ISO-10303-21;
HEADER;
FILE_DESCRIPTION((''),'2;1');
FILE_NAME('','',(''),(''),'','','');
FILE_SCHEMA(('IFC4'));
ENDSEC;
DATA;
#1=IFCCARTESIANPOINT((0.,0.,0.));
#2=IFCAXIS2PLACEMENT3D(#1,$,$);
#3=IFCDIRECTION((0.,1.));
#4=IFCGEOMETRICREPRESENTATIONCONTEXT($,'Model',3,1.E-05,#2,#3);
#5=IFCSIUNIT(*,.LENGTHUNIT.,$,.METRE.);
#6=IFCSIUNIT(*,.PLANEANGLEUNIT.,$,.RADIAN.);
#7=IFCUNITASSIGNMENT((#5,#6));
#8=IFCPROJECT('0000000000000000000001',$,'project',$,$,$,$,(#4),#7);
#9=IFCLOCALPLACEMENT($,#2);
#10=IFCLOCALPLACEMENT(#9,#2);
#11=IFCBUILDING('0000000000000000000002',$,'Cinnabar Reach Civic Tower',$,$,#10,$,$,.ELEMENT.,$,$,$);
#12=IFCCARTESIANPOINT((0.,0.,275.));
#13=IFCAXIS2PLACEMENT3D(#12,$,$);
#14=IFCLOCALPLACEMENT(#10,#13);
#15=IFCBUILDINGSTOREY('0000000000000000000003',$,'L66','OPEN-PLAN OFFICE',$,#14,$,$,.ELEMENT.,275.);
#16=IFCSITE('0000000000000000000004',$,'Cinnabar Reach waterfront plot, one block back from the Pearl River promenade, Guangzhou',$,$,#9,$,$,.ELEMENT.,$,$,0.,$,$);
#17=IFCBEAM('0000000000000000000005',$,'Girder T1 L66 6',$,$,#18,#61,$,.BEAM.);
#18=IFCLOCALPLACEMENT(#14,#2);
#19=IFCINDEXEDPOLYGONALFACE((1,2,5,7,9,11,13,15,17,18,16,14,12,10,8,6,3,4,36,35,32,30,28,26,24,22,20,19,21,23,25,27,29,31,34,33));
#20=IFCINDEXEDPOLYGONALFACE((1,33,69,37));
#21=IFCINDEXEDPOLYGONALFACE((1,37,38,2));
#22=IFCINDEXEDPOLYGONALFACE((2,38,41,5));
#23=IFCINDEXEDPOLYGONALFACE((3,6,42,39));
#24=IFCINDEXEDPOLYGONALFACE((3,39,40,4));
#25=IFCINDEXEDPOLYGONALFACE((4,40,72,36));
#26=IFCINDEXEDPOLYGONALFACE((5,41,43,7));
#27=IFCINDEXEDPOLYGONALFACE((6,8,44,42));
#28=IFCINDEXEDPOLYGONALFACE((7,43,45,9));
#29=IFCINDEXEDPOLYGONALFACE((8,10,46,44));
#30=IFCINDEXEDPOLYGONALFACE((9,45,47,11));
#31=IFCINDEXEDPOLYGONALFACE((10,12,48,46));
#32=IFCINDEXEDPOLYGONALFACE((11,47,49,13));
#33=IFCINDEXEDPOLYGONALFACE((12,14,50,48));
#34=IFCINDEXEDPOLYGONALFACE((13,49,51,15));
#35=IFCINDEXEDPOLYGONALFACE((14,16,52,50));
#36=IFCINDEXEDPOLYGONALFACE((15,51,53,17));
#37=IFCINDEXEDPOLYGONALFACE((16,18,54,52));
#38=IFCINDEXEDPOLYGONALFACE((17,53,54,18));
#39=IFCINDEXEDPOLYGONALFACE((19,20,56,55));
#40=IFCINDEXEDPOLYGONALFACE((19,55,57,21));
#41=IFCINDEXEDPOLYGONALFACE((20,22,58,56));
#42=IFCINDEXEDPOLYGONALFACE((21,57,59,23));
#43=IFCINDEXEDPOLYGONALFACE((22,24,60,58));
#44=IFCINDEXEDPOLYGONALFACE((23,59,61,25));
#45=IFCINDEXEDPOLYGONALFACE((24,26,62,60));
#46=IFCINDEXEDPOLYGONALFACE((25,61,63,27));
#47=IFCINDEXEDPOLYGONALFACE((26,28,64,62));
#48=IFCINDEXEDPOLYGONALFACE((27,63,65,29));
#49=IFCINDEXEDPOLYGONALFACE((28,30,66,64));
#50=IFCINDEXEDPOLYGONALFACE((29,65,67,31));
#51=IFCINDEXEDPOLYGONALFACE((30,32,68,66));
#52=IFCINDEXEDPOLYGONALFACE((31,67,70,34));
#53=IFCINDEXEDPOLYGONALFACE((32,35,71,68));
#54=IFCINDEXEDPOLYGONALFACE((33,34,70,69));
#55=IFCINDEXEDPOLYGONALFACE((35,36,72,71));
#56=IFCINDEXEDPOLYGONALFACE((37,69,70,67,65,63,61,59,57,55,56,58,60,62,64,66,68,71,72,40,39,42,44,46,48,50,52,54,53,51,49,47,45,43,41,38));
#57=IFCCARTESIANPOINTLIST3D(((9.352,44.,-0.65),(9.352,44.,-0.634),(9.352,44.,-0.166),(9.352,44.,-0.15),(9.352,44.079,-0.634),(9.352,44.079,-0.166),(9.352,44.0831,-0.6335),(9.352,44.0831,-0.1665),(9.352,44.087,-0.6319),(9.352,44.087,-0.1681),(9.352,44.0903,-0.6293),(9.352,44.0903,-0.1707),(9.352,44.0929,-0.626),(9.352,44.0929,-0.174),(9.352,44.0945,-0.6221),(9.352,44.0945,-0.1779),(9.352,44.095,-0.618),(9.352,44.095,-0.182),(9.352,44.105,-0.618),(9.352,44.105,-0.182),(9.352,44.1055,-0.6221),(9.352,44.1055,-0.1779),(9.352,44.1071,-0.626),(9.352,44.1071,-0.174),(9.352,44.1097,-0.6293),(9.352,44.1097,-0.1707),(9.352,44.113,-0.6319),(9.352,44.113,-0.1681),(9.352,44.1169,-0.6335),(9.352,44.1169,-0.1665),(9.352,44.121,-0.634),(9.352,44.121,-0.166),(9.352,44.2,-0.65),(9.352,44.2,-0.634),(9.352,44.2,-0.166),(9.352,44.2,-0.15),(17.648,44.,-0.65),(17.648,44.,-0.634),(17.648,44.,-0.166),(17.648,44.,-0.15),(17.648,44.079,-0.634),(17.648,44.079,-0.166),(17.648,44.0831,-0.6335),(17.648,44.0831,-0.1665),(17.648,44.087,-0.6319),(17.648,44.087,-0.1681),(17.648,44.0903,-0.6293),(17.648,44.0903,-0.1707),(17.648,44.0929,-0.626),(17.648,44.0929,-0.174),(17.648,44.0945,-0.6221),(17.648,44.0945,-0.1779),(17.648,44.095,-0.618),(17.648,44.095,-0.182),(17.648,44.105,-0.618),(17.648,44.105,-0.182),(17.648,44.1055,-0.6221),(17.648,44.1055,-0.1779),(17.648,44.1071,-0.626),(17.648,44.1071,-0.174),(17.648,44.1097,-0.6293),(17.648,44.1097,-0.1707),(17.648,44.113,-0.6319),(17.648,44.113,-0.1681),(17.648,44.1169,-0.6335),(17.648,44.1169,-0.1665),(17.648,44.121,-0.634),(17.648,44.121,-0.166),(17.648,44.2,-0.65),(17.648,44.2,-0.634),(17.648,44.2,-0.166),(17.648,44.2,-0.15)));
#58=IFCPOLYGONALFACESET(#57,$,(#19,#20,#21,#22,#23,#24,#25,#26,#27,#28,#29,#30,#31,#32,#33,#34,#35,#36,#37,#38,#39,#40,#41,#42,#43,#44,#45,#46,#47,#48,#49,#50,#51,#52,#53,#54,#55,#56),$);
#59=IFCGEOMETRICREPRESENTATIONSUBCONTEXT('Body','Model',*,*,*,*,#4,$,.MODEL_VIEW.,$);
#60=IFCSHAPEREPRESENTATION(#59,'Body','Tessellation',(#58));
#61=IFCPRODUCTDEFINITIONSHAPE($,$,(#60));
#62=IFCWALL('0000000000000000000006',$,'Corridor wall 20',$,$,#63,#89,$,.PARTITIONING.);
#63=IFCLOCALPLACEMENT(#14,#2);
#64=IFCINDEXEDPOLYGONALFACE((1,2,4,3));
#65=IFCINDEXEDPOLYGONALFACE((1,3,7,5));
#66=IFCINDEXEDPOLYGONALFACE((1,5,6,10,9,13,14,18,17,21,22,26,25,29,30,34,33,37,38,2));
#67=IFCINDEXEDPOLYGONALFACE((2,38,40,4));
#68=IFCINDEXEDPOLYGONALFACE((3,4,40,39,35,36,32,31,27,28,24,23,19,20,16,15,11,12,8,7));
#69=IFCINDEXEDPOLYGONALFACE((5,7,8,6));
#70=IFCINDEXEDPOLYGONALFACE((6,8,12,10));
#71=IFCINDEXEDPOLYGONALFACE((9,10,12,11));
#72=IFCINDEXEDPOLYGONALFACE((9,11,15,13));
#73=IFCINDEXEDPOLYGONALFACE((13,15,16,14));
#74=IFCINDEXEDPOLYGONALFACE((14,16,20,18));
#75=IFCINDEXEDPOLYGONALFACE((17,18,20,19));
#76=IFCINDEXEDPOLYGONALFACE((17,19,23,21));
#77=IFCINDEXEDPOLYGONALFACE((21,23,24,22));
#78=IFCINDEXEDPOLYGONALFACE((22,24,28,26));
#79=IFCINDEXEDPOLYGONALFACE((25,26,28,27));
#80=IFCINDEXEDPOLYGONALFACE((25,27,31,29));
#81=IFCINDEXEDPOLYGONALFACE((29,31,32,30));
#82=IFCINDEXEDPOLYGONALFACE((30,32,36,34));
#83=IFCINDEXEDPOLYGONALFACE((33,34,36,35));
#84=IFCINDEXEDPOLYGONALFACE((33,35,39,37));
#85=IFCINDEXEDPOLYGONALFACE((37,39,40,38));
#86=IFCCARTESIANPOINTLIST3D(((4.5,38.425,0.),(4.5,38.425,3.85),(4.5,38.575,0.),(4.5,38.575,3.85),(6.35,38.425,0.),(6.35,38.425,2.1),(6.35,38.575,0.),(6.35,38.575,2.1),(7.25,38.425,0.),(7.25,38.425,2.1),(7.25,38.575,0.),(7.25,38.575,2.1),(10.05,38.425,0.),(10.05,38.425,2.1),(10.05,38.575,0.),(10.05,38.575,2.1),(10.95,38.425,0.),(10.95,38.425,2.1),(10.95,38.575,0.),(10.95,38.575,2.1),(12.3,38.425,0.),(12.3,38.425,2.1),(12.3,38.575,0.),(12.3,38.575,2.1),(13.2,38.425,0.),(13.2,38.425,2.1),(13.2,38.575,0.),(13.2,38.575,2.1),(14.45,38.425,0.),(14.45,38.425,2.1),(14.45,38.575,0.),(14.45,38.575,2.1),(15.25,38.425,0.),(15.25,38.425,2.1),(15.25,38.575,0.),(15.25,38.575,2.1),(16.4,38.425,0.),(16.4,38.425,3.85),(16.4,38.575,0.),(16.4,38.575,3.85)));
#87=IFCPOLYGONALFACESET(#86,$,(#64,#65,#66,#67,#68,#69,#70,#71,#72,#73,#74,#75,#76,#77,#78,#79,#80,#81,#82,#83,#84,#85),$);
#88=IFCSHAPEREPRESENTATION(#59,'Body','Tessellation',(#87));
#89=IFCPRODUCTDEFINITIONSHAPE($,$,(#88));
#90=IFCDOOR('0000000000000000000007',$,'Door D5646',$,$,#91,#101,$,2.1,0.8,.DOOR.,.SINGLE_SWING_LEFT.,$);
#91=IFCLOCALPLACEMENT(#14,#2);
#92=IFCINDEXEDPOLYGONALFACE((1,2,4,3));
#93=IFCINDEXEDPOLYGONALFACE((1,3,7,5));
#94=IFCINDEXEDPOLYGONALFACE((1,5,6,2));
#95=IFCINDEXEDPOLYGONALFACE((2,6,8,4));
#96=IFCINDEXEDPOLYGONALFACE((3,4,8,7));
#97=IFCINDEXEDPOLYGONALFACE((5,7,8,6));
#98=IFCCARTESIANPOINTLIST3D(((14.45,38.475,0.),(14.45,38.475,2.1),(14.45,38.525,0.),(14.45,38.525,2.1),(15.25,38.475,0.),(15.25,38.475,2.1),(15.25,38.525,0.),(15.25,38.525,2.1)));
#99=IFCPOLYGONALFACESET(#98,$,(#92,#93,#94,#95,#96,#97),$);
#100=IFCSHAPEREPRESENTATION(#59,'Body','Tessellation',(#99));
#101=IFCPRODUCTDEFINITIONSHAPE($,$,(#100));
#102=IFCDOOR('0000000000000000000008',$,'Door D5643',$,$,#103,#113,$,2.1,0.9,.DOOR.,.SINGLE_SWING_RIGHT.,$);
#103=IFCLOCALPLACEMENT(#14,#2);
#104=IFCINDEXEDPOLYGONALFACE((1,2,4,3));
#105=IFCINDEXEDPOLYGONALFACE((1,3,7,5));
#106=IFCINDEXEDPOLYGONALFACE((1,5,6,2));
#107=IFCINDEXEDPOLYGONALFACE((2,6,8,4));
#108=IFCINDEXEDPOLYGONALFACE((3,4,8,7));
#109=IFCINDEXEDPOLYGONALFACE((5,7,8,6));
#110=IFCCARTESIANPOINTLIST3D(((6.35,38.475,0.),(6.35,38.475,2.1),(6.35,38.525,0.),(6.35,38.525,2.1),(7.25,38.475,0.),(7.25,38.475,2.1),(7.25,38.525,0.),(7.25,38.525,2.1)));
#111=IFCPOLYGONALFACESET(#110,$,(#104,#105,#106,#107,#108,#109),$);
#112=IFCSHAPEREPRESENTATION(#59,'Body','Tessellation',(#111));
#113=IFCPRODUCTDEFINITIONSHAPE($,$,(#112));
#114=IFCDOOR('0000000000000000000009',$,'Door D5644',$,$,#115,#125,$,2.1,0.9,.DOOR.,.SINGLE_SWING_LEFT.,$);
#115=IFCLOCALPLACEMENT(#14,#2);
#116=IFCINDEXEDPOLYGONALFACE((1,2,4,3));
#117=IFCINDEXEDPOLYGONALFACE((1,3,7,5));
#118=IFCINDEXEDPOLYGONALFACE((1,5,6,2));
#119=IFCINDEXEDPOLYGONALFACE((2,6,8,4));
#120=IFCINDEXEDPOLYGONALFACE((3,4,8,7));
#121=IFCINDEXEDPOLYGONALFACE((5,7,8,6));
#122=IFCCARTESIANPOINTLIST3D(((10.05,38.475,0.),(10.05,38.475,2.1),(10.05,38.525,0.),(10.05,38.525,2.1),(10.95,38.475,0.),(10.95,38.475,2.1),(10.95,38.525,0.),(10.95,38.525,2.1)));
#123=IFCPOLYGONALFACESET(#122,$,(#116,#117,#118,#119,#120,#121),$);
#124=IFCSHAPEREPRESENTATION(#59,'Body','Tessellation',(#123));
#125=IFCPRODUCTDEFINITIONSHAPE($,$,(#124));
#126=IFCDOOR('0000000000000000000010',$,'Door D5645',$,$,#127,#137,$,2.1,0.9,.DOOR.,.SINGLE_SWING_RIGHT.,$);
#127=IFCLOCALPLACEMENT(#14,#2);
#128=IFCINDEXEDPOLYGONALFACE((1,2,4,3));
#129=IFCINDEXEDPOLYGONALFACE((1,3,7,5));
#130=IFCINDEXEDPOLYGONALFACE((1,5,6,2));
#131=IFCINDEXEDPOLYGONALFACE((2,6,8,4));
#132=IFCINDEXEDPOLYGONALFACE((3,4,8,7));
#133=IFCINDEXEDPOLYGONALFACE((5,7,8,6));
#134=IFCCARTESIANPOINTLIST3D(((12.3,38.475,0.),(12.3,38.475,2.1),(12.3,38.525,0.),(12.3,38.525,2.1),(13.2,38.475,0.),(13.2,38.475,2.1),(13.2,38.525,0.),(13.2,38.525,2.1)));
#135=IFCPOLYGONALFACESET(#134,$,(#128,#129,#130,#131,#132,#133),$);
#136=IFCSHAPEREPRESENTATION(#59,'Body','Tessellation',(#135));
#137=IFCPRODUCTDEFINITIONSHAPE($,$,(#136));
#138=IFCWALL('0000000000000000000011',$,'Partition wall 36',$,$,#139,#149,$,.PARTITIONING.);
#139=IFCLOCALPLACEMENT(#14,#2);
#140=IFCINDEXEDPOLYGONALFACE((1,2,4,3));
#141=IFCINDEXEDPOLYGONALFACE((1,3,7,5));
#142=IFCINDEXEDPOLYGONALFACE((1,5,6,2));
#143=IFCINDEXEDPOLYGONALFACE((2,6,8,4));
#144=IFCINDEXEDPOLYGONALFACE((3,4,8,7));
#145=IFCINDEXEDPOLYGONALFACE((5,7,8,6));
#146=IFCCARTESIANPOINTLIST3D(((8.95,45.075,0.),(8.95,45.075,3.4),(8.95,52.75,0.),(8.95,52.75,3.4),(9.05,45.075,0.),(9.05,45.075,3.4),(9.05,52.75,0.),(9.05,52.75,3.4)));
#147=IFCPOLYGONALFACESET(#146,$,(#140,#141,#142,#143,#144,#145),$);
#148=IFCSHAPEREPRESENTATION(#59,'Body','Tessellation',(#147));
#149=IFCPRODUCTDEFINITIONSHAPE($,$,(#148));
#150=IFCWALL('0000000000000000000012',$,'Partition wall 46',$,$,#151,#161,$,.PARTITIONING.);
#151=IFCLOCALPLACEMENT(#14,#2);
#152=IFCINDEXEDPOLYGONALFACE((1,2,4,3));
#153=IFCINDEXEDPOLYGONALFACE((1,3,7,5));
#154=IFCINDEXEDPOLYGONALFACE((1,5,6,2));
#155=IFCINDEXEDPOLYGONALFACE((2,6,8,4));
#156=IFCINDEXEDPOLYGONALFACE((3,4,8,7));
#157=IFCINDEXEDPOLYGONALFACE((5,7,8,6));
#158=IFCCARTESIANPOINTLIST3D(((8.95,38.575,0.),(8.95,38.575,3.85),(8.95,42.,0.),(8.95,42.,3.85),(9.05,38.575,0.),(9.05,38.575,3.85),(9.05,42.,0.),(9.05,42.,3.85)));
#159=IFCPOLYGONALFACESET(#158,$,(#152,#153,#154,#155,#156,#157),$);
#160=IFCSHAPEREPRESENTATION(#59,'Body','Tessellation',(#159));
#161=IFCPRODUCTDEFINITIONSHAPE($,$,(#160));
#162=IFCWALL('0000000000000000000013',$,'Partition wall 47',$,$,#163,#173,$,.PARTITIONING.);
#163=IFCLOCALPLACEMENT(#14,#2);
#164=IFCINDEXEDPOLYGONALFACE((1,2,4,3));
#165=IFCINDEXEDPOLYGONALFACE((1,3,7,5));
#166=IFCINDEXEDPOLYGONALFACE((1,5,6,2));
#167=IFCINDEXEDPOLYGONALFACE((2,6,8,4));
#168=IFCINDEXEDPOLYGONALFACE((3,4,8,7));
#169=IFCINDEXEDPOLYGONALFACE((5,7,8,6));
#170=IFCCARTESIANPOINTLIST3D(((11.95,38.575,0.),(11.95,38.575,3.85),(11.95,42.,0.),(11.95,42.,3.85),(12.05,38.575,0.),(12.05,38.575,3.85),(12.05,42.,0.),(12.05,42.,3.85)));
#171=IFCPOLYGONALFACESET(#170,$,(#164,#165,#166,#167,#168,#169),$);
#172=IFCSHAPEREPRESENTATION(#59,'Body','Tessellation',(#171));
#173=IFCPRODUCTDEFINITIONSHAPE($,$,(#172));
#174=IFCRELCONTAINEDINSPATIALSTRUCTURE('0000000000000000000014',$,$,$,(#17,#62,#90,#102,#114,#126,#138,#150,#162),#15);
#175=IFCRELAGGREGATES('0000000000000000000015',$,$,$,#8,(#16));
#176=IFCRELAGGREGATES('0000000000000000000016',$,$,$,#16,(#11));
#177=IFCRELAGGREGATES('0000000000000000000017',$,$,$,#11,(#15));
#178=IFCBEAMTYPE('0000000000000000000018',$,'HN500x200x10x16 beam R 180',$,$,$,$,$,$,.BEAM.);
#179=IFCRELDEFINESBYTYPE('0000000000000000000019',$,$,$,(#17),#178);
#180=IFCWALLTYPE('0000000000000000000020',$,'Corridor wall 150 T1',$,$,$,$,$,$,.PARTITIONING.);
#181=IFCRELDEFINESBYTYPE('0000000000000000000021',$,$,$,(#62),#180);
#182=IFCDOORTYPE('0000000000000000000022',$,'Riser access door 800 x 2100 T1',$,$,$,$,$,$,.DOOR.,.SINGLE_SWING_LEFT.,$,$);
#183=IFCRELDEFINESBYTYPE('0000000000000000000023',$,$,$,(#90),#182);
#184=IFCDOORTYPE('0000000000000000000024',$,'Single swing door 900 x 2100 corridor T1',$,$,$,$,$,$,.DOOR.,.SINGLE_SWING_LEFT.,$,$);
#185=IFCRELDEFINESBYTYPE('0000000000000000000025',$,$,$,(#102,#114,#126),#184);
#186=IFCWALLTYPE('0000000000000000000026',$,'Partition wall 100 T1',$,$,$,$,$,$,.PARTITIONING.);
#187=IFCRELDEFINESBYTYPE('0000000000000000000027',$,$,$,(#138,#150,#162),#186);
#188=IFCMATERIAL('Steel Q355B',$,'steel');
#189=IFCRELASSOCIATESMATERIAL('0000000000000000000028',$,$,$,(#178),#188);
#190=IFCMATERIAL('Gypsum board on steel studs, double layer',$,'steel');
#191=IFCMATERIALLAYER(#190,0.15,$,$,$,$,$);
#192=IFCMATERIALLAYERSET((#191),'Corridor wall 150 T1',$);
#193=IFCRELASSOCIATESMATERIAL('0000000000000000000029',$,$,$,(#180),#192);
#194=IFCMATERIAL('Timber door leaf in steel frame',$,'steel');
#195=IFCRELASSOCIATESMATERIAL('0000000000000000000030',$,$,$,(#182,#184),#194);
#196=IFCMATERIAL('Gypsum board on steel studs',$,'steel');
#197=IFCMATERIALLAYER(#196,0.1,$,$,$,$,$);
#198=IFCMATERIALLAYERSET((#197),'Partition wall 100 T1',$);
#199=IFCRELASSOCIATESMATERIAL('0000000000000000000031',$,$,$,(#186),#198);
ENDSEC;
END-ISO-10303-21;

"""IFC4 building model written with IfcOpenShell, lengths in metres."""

from ifc_helpers import new_model, si_unit, direction, frame, frame_2d, origin, origin_2d, place, context, subcontext, project, spatial, rectangle, i_section, extrude, material, layer, layer_set, material_profile, profile_set, type_object, element, fill, save


model = new_model("IFC4")

# Units and contexts
model_context = context("Model", 3, precision=1e-05, world=origin(), true_north=direction((0.0, 1.0)))
body_context = subcontext(model_context, "Body", "Model", "MODEL_VIEW")
ifc_project = project(units=[si_unit("LENGTHUNIT", "METRE"), si_unit("PLANEANGLEUNIT", "RADIAN")], contexts=[model_context])

# Site, building, storey
site_placement = place(None, origin())
site = spatial("IfcSite", under=ifc_project, at=site_placement, Name="Cinnabar Reach waterfront plot, one block back from the Pearl River promenade, Guangzhou", CompositionType="ELEMENT", RefElevation=0.0)
building_placement = place(site_placement, origin())
building = spatial("IfcBuilding", under=site, at=building_placement, Name="Cinnabar Reach Civic Tower", CompositionType="ELEMENT")
storey_placement = place(building_placement, frame((0.0, 0.0, 275.0)))
storey = spatial("IfcBuildingStorey", under=building, at=storey_placement, Name="L66", Description="OPEN-PLAN OFFICE", CompositionType="ELEMENT", Elevation=275.0)

# Beam
ifc_material_1 = material(Name="Steel Q355B", Category="steel")
ifc_material_profile_1 = material_profile(ifc_material_1, i_section(OverallWidth=0.2, OverallDepth=0.5, WebThickness=0.01, FlangeThickness=0.016, FilletRadius=0.016, at=origin_2d()), Name="HN500x200x10x16")
ifc_profile_set_1 = profile_set([ifc_material_profile_1], Name="Steel Q355B")
beam_type_1 = type_object("IfcBeamType", Name="HN500x200x10x16 beam R 180", PredefinedType="BEAM", material=ifc_profile_set_1)
beam_1_placement = place(storey_placement, frame((9.352, 44.1, -0.4), z_axis=(1.0, 0.0, 0.0), x_axis=(0.0, 1.0, 0.0)))
element("IfcBeam", 1, at=beam_1_placement, inside=storey, type_object=beam_type_1, Name="Girder T1 L66 6", PredefinedType="BEAM", context=body_context, shape_type="SweptSolid", body=[
    extrude(i_section(OverallWidth=0.2, OverallDepth=0.5, WebThickness=0.01, FlangeThickness=0.016, FilletRadius=0.016, at=origin_2d()), origin(), (0.0, 0.0, 1.0), 8.296),
])

# Wall, openings, doors
ifc_material_2 = material(Name="Gypsum board on steel studs, double layer", Category="steel")
ifc_layer_1 = layer(ifc_material_2, 0.15)
ifc_layer_set_1 = layer_set([ifc_layer_1], Name="Corridor wall 150 T1")
wall_type_1 = type_object("IfcWallType", Name="Corridor wall 150 T1", PredefinedType="PARTITIONING", material=ifc_layer_set_1)
wall_1_placement = place(storey_placement, frame((4.5, 38.5, 0.0), z_axis=(0.0, 0.0, 1.0), x_axis=(1.0, 0.0, 0.0)))
wall_1 = element("IfcWall", 2, at=wall_1_placement, inside=storey, type_object=wall_type_1, Name="Corridor wall 20", PredefinedType="PARTITIONING", context=body_context, shape_type="SweptSolid", body=[
    extrude(rectangle(XDim=11.9, YDim=0.15, at=frame_2d((5.95, 0.0))), origin(), (0.0, 0.0, 1.0), 3.85),
])
opening_1_placement = place(wall_1_placement, frame((1.85, 0.0, 0.0)))
opening_1 = element("IfcOpeningElement", 3, at=opening_1_placement, cuts=wall_1, PredefinedType="OPENING", context=body_context, shape_type="SweptSolid", body=[
    extrude(rectangle(XDim=0.9, YDim=2.1, at=frame_2d((0.45, 1.05))), frame((0.0, 0.085, 0.0), z_axis=(0.0, -1.0, 0.0), x_axis=(1.0, 0.0, 0.0)), (0.0, 0.0, 1.0), 0.17),
])
opening_2_placement = place(wall_1_placement, frame((5.55, 0.0, 0.0)))
opening_2 = element("IfcOpeningElement", 4, at=opening_2_placement, cuts=wall_1, PredefinedType="OPENING", context=body_context, shape_type="SweptSolid", body=[
    extrude(rectangle(XDim=0.9, YDim=2.1, at=frame_2d((0.45, 1.05))), frame((0.0, 0.085, 0.0), z_axis=(0.0, -1.0, 0.0), x_axis=(1.0, 0.0, 0.0)), (0.0, 0.0, 1.0), 0.17),
])
opening_3_placement = place(wall_1_placement, frame((7.8, 0.0, 0.0)))
opening_3 = element("IfcOpeningElement", 5, at=opening_3_placement, cuts=wall_1, PredefinedType="OPENING", context=body_context, shape_type="SweptSolid", body=[
    extrude(rectangle(XDim=0.9, YDim=2.1, at=frame_2d((0.45, 1.05))), frame((0.0, 0.085, 0.0), z_axis=(0.0, -1.0, 0.0), x_axis=(1.0, 0.0, 0.0)), (0.0, 0.0, 1.0), 0.17),
])
opening_4_placement = place(wall_1_placement, frame((9.95, 0.0, 0.0)))
opening_4 = element("IfcOpeningElement", 6, at=opening_4_placement, cuts=wall_1, PredefinedType="OPENING", context=body_context, shape_type="SweptSolid", body=[
    extrude(rectangle(XDim=0.8, YDim=2.1, at=frame_2d((0.4, 1.05))), frame((0.0, 0.085, 0.0), z_axis=(0.0, -1.0, 0.0), x_axis=(1.0, 0.0, 0.0)), (0.0, 0.0, 1.0), 0.17),
])
ifc_material_3 = material(Name="Timber door leaf in steel frame", Category="steel")
door_type_1 = type_object("IfcDoorType", Name="Riser access door 800 x 2100 T1", OperationType="SINGLE_SWING_LEFT", PredefinedType="DOOR", material=ifc_material_3)
door_1_placement = place(opening_4_placement, origin())
door_1 = element("IfcDoor", 7, at=door_1_placement, inside=storey, type_object=door_type_1, Name="Door D5646", OperationType="SINGLE_SWING_LEFT", OverallHeight=2.1, OverallWidth=0.8, PredefinedType="DOOR", context=body_context, shape_type="SweptSolid", body=[
    extrude(rectangle(XDim=0.8, YDim=2.1, at=frame_2d((0.4, 1.05))), frame((0.0, 0.025, 0.0), z_axis=(0.0, -1.0, 0.0), x_axis=(1.0, 0.0, 0.0)), (0.0, 0.0, 1.0), 0.05),
])
fill(opening_4, door_1)
door_type_2 = type_object("IfcDoorType", Name="Single swing door 900 x 2100 corridor T1", OperationType="SINGLE_SWING_LEFT", PredefinedType="DOOR", material=ifc_material_3)
door_2_placement = place(opening_1_placement, origin())
door_2 = element("IfcDoor", 8, at=door_2_placement, inside=storey, type_object=door_type_2, Name="Door D5643", OperationType="SINGLE_SWING_RIGHT", OverallHeight=2.1, OverallWidth=0.9, PredefinedType="DOOR", context=body_context, shape_type="SweptSolid", body=[
    extrude(rectangle(XDim=0.9, YDim=2.1, at=frame_2d((0.45, 1.05))), frame((0.0, 0.025, 0.0), z_axis=(0.0, -1.0, 0.0), x_axis=(1.0, 0.0, 0.0)), (0.0, 0.0, 1.0), 0.05),
])
fill(opening_1, door_2)
door_3_placement = place(opening_2_placement, origin())
door_3 = element("IfcDoor", 9, at=door_3_placement, inside=storey, type_object=door_type_2, Name="Door D5644", OperationType="SINGLE_SWING_LEFT", OverallHeight=2.1, OverallWidth=0.9, PredefinedType="DOOR", context=body_context, shape_type="SweptSolid", body=[
    extrude(rectangle(XDim=0.9, YDim=2.1, at=frame_2d((0.45, 1.05))), frame((0.0, 0.025, 0.0), z_axis=(0.0, -1.0, 0.0), x_axis=(1.0, 0.0, 0.0)), (0.0, 0.0, 1.0), 0.05),
])
fill(opening_2, door_3)
door_4_placement = place(opening_3_placement, origin())
door_4 = element("IfcDoor", 10, at=door_4_placement, inside=storey, type_object=door_type_2, Name="Door D5645", OperationType="SINGLE_SWING_RIGHT", OverallHeight=2.1, OverallWidth=0.9, PredefinedType="DOOR", context=body_context, shape_type="SweptSolid", body=[
    extrude(rectangle(XDim=0.9, YDim=2.1, at=frame_2d((0.45, 1.05))), frame((0.0, 0.025, 0.0), z_axis=(0.0, -1.0, 0.0), x_axis=(1.0, 0.0, 0.0)), (0.0, 0.0, 1.0), 0.05),
])
fill(opening_3, door_4)

# Walls
ifc_material_4 = material(Name="Gypsum board on steel studs", Category="steel")
ifc_layer_2 = layer(ifc_material_4, 0.1)
ifc_layer_set_2 = layer_set([ifc_layer_2], Name="Partition wall 100 T1")
wall_type_2 = type_object("IfcWallType", Name="Partition wall 100 T1", PredefinedType="PARTITIONING", material=ifc_layer_set_2)
wall_2_placement = place(storey_placement, frame((9.0, 45.075, 0.0), z_axis=(0.0, 0.0, 1.0), x_axis=(0.0, 1.0, 0.0)))
element("IfcWall", 11, at=wall_2_placement, inside=storey, type_object=wall_type_2, Name="Partition wall 36", PredefinedType="PARTITIONING", context=body_context, shape_type="SweptSolid", body=[
    extrude(rectangle(XDim=7.675, YDim=0.1, at=frame_2d((3.8375, 0.0))), origin(), (0.0, 0.0, 1.0), 3.4),
])
for number, where, z_axis, x_axis, name in (
    (12, (9.0, 38.575, 0.0), (0.0, 0.0, 1.0), (0.0, 1.0, 0.0), "Partition wall 46"),
    (13, (12.0, 38.575, 0.0), (0.0, 0.0, 1.0), (0.0, 1.0, 0.0), "Partition wall 47"),
):
    element("IfcWall", number, at=place(storey_placement, frame(where, z_axis=z_axis, x_axis=x_axis)), inside=storey, type_object=wall_type_2, Name=name, PredefinedType="PARTITIONING", context=body_context, shape_type="SweptSolid", body=[
        extrude(rectangle(XDim=3.425, YDim=0.1, at=frame_2d((1.7125, 0.0))), origin(), (0.0, 0.0, 1.0), 3.85),
    ])

save(model, "model.ifc")
